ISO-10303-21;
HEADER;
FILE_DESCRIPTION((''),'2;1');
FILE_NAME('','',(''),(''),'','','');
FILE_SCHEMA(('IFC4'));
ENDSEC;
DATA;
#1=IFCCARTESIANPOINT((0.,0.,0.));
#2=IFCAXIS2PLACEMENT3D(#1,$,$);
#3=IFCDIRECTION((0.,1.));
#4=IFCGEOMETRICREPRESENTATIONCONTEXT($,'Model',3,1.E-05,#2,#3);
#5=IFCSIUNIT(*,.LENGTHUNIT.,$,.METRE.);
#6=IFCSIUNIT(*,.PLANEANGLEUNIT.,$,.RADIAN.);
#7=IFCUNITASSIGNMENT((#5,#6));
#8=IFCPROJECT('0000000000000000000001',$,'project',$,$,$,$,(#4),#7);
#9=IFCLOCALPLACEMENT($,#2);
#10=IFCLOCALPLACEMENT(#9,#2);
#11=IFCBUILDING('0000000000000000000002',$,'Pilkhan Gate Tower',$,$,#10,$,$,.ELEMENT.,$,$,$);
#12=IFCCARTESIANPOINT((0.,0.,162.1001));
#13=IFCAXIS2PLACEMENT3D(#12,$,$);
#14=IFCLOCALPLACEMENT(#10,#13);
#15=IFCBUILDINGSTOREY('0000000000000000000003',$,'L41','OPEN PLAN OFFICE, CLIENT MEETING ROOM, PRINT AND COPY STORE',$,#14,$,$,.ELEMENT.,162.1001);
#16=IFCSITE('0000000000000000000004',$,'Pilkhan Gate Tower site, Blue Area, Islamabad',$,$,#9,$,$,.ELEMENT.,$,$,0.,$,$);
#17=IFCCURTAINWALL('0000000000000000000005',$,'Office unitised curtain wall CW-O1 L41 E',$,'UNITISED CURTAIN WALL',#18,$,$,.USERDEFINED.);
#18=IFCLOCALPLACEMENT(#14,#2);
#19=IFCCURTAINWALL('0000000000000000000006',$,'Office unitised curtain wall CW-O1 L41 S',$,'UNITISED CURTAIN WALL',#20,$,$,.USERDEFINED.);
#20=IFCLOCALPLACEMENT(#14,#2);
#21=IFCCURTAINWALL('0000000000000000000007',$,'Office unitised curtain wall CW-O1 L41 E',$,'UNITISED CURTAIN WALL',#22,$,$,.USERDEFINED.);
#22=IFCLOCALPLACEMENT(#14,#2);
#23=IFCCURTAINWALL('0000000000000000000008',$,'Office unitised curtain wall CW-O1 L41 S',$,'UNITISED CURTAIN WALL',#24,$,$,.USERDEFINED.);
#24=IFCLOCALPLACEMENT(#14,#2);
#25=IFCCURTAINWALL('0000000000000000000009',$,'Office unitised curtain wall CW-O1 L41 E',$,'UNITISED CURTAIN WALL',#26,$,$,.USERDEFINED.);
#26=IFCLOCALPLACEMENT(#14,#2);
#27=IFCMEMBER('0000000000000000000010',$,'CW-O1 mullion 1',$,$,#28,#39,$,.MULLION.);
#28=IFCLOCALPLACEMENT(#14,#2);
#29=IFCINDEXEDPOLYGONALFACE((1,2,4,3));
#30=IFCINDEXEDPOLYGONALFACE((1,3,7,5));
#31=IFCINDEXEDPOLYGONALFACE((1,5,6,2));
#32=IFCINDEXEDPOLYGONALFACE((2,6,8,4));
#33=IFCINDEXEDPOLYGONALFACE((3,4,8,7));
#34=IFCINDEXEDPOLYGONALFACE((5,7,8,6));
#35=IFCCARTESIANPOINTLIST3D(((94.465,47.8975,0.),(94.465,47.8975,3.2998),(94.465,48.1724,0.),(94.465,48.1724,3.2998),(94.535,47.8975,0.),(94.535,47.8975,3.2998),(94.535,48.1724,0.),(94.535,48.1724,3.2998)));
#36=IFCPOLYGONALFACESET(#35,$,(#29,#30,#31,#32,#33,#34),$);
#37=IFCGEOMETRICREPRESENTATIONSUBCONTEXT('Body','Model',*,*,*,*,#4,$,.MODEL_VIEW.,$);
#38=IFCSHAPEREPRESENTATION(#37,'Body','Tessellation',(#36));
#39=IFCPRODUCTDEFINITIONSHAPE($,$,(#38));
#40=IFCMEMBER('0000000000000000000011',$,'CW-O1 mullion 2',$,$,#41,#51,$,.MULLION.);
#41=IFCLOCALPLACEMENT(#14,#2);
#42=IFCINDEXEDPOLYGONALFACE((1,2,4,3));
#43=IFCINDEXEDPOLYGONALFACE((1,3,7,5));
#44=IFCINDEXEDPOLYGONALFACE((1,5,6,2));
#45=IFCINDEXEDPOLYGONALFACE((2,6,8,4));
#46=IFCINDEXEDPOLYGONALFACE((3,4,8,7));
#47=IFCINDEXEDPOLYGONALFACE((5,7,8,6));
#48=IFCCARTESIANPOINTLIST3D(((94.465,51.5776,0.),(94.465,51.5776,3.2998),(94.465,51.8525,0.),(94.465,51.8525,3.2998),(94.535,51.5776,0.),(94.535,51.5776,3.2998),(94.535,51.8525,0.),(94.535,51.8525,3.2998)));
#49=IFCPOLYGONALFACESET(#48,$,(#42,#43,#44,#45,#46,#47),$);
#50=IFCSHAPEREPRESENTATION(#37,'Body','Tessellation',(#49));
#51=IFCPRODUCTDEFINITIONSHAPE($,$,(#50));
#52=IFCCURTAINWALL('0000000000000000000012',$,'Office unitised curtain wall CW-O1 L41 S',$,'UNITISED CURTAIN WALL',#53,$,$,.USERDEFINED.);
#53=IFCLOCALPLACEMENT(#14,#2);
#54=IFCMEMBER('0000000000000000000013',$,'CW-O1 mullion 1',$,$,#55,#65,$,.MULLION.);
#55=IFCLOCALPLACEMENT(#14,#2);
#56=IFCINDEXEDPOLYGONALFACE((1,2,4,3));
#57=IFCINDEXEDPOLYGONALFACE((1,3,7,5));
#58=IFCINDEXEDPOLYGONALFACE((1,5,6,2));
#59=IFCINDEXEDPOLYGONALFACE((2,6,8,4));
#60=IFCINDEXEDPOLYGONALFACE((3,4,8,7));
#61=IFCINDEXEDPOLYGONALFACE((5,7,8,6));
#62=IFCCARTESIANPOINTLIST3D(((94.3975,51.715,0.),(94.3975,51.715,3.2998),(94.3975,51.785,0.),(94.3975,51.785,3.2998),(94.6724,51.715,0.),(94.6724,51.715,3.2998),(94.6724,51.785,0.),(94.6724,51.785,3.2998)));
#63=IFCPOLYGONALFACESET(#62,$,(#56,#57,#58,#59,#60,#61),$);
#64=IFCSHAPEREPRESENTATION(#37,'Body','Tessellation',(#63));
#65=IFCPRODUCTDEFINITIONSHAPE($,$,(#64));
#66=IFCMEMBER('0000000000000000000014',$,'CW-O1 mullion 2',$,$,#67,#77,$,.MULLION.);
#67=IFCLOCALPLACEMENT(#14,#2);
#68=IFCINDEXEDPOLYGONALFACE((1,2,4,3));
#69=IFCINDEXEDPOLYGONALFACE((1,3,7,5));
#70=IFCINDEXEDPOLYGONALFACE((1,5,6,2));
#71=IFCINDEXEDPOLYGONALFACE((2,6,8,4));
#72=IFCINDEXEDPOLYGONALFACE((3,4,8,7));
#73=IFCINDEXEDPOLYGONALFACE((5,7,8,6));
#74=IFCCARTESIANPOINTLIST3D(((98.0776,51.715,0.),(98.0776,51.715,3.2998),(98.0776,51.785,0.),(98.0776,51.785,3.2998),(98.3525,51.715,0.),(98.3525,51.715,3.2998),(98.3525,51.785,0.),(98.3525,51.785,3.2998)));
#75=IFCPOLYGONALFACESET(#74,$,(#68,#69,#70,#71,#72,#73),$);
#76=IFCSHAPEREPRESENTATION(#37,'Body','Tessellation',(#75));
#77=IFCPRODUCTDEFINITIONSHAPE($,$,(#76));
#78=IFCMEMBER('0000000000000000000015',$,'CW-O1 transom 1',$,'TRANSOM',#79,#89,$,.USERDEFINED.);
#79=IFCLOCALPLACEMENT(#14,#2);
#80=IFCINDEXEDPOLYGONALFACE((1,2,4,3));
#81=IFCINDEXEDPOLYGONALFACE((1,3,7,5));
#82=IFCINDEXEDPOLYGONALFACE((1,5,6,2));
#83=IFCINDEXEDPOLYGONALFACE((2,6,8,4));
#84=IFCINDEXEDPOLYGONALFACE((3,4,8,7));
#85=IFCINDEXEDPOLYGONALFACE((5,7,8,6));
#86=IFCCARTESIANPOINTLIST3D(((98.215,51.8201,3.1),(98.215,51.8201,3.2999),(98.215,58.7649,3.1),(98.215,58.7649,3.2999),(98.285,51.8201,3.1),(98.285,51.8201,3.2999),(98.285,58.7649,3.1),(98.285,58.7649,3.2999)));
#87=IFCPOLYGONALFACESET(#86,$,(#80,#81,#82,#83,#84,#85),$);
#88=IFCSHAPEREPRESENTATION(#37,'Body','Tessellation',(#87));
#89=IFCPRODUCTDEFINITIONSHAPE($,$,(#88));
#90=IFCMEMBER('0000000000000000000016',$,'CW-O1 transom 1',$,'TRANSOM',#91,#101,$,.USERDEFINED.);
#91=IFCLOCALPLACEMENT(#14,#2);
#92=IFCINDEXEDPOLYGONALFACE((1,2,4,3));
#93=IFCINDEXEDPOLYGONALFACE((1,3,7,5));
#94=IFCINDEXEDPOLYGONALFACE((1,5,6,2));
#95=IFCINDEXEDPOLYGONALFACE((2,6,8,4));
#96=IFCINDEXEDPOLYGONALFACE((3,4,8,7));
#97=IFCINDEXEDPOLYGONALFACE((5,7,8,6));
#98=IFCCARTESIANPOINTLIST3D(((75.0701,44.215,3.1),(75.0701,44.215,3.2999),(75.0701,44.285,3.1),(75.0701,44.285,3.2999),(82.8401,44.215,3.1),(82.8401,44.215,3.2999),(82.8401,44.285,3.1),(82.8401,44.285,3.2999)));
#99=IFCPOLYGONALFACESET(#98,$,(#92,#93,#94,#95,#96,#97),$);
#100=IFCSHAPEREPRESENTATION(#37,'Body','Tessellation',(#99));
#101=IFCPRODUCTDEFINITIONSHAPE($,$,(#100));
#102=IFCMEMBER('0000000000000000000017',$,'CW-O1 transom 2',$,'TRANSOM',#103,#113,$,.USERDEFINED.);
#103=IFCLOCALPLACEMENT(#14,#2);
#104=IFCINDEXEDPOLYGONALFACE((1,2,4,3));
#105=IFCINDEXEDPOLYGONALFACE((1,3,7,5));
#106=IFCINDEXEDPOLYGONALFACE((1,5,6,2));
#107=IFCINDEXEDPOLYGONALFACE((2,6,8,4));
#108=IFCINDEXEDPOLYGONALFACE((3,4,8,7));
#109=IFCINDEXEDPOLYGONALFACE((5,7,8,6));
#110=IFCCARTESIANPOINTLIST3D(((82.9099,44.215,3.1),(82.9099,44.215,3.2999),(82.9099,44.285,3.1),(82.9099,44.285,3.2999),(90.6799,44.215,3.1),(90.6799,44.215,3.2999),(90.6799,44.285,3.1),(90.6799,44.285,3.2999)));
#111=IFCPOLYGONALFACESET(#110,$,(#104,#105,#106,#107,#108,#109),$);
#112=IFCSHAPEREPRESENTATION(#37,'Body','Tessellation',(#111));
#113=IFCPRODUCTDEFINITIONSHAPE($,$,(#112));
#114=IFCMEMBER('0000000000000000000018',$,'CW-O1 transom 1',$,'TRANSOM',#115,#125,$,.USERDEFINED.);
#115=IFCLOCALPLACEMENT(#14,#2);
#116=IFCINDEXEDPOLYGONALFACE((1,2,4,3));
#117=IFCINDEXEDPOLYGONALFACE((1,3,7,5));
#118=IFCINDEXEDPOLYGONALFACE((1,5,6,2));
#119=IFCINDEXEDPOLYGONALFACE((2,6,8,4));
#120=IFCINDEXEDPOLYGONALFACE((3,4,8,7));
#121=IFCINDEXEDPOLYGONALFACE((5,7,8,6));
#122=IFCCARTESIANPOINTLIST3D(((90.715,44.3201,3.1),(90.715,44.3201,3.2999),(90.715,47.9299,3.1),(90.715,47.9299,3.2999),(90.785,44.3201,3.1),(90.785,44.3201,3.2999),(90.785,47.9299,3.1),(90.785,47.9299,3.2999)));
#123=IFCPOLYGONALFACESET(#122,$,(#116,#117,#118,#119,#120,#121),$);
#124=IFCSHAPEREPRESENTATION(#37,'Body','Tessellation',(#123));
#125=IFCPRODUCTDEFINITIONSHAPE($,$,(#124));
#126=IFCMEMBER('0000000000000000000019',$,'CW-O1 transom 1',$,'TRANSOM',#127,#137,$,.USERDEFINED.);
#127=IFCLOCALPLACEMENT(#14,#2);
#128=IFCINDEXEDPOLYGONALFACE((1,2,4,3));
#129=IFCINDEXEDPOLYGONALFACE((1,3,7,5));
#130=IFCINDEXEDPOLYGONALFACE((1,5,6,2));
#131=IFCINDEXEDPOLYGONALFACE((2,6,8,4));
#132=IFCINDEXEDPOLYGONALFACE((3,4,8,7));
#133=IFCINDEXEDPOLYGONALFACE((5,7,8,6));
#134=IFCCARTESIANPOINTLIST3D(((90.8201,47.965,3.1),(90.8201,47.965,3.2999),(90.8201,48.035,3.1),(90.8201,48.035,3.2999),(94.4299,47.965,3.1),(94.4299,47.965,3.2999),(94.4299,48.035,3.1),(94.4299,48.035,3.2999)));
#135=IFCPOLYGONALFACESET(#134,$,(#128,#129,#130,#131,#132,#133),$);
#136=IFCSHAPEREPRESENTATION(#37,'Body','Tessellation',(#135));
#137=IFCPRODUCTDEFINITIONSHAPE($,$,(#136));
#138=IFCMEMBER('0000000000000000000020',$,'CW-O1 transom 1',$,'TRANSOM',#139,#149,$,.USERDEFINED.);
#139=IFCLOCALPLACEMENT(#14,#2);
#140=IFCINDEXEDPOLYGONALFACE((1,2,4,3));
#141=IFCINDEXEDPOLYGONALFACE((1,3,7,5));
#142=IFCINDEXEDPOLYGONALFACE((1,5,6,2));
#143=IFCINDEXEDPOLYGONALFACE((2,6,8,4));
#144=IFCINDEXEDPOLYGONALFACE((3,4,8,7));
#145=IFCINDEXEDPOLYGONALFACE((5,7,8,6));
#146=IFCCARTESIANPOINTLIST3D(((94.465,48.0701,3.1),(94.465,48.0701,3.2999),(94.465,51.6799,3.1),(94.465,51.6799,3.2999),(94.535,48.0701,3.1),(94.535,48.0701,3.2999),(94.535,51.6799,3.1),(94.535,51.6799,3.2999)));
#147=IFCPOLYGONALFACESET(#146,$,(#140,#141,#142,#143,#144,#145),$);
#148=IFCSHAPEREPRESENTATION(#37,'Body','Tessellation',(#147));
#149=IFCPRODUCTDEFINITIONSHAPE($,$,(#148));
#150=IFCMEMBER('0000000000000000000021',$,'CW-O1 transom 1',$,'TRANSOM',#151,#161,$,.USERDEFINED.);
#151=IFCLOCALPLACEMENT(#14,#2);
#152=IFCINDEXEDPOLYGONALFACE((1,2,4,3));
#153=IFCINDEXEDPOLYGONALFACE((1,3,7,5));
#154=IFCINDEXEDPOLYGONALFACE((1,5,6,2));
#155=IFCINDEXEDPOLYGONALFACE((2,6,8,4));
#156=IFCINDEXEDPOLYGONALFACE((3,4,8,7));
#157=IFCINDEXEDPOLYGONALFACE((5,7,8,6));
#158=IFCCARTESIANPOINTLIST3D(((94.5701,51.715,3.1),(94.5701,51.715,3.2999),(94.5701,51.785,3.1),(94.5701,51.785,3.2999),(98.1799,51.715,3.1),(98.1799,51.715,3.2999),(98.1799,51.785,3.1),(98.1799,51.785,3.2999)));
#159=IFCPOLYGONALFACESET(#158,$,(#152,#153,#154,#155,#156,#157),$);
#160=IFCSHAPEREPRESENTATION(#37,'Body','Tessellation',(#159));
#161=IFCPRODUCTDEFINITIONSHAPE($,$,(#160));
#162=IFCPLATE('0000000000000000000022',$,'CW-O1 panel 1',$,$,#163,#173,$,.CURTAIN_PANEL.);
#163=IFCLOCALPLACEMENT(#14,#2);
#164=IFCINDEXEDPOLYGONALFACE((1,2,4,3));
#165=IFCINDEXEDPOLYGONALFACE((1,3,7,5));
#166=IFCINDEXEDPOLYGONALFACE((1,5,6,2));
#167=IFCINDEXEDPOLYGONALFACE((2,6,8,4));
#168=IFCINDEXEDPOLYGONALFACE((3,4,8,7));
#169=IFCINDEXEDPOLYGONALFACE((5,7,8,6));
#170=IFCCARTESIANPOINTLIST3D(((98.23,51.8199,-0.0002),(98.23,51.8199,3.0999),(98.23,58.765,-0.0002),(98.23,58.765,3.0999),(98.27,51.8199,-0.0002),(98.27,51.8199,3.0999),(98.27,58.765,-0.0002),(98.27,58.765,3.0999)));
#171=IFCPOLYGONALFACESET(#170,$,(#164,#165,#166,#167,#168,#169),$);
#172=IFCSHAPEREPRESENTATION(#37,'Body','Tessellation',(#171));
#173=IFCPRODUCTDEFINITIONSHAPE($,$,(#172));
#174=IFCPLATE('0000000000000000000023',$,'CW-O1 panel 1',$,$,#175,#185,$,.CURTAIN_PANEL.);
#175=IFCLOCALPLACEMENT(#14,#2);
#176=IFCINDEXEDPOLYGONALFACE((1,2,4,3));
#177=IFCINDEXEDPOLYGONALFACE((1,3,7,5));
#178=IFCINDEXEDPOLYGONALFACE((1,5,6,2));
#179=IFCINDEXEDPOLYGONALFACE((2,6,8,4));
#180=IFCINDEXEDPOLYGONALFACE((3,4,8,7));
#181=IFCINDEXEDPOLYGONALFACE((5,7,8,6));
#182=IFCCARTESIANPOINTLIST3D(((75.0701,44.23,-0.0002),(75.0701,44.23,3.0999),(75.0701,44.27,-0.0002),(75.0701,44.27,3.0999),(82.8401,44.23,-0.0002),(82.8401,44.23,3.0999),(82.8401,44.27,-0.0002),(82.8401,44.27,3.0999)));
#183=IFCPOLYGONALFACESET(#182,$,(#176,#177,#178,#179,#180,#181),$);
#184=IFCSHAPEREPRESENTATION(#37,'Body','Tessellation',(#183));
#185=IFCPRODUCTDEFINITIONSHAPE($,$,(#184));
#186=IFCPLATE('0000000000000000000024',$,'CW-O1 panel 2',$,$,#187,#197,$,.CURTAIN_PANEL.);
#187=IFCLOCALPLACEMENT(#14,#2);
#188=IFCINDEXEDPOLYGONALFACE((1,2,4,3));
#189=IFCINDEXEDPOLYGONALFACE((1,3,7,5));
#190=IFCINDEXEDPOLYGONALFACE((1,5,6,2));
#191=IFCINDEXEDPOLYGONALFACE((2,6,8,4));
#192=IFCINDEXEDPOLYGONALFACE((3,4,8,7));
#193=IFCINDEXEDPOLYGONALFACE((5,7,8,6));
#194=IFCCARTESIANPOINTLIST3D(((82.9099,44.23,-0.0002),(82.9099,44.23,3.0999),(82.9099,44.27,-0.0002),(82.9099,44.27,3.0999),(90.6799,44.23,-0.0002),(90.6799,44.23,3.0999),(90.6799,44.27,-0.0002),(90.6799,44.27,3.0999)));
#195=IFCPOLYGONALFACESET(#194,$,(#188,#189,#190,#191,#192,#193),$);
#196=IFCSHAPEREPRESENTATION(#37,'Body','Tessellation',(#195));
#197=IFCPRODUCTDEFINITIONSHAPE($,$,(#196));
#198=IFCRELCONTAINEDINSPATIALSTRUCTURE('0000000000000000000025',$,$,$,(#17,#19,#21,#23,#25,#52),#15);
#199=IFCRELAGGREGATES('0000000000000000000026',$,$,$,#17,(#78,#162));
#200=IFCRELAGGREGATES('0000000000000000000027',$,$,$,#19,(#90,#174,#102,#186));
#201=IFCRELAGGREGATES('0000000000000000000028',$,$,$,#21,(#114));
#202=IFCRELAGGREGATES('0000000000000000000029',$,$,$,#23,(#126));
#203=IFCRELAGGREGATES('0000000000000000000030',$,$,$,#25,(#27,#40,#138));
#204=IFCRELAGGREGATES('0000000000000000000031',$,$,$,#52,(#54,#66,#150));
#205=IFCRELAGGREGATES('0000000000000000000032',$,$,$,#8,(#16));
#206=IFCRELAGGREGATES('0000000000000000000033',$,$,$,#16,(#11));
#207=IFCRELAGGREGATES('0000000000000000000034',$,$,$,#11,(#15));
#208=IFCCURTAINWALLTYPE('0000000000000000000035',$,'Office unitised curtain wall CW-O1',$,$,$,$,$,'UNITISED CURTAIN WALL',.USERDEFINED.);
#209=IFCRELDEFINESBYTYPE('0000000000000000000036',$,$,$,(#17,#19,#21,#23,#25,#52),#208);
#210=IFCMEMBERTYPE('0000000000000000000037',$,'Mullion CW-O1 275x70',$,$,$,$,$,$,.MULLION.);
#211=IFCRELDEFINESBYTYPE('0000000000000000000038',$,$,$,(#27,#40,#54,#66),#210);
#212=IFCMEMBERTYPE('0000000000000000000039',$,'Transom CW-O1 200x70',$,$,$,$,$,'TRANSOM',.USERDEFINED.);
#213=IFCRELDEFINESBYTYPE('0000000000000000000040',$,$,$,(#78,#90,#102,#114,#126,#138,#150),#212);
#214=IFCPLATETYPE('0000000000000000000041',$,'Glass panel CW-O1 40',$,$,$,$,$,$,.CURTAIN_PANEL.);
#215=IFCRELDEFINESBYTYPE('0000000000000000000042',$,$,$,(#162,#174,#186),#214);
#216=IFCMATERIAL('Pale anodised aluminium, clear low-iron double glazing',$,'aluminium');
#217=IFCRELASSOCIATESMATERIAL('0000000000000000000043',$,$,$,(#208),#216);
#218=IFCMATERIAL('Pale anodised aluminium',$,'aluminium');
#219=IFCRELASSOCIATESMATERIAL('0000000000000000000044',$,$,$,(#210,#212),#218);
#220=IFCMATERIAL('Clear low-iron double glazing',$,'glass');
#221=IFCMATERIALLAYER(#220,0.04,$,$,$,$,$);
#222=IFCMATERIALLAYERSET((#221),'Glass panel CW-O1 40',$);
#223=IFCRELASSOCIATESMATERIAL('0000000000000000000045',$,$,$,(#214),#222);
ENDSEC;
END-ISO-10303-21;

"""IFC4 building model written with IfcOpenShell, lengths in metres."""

from ifc_helpers import new_model, si_unit, direction, frame, origin, origin_2d, place, context, subcontext, project, spatial, rectangle, extrude, material, layer, layer_set, material_profile, profile_set, type_object, element, aggregate, save


model = new_model("IFC4")

# Units and contexts
model_context = context("Model", 3, precision=1e-05, world=origin(), true_north=direction((0.0, 1.0)))
body_context = subcontext(model_context, "Body", "Model", "MODEL_VIEW")
ifc_project = project(units=[si_unit("LENGTHUNIT", "METRE"), si_unit("PLANEANGLEUNIT", "RADIAN")], contexts=[model_context])

# Site, building, storey
site_placement = place(None, origin())
site = spatial("IfcSite", under=ifc_project, at=site_placement, Name="Pilkhan Gate Tower site, Blue Area, Islamabad", CompositionType="ELEMENT", RefElevation=0.0)
building_placement = place(site_placement, origin())
building = spatial("IfcBuilding", under=site, at=building_placement, Name="Pilkhan Gate Tower", CompositionType="ELEMENT")
storey_placement = place(building_placement, frame((0.0, 0.0, 162.1001)))
storey = spatial("IfcBuildingStorey", under=building, at=storey_placement, Name="L41", Description="OPEN PLAN OFFICE, CLIENT MEETING ROOM, PRINT AND COPY STORE", CompositionType="ELEMENT", Elevation=162.1001)

# Curtain wall
ifc_material_1 = material(Name="Pale anodised aluminium, clear low-iron double glazing", Category="aluminium")
curtain_wall_type = type_object("IfcCurtainWallType", Name="Office unitised curtain wall CW-O1", ElementType="UNITISED CURTAIN WALL", PredefinedType="USERDEFINED", material=ifc_material_1)
curtain_wall_1_placement = place(storey_placement, origin())
curtain_wall_1 = element("IfcCurtainWall", 1, at=curtain_wall_1_placement, inside=storey, type_object=curtain_wall_type, Name="Office unitised curtain wall CW-O1 L41 E", ObjectType="UNITISED CURTAIN WALL", PredefinedType="USERDEFINED")
ifc_material_2 = material(Name="Pale anodised aluminium", Category="aluminium")
ifc_material_profile_1 = material_profile(ifc_material_2, rectangle(XDim=0.0701, YDim=0.2749, at=origin_2d()), Name="Mullion 275x70")
ifc_profile_set_1 = profile_set([ifc_material_profile_1], Name="Pale anodised aluminium")
member_type_1 = type_object("IfcMemberType", Name="Mullion CW-O1 275x70", PredefinedType="MULLION", material=ifc_profile_set_1)

# Curtain walls, members
curtain_wall_2_placement = place(storey_placement, origin())
curtain_wall_2 = element("IfcCurtainWall", 2, at=curtain_wall_2_placement, inside=storey, type_object=curtain_wall_type, Name="Office unitised curtain wall CW-O1 L41 S", ObjectType="UNITISED CURTAIN WALL", PredefinedType="USERDEFINED")
curtain_wall_3_placement = place(storey_placement, origin())
curtain_wall_3 = element("IfcCurtainWall", 3, at=curtain_wall_3_placement, inside=storey, type_object=curtain_wall_type, Name="Office unitised curtain wall CW-O1 L41 E", ObjectType="UNITISED CURTAIN WALL", PredefinedType="USERDEFINED")
curtain_wall_4_placement = place(storey_placement, origin())
curtain_wall_4 = element("IfcCurtainWall", 4, at=curtain_wall_4_placement, inside=storey, type_object=curtain_wall_type, Name="Office unitised curtain wall CW-O1 L41 S", ObjectType="UNITISED CURTAIN WALL", PredefinedType="USERDEFINED")
curtain_wall_5_placement = place(storey_placement, origin())
curtain_wall_5 = element("IfcCurtainWall", 5, at=curtain_wall_5_placement, inside=storey, type_object=curtain_wall_type, Name="Office unitised curtain wall CW-O1 L41 E", ObjectType="UNITISED CURTAIN WALL", PredefinedType="USERDEFINED")
member_1_placement = place(storey_placement, frame((94.5, 48.0349, 0.0), z_axis=(0.0, 0.0, 1.0), x_axis=(-1.0, 0.0, 0.0)))
member_1 = element("IfcMember", 6, at=member_1_placement, type_object=member_type_1, Name="CW-O1 mullion 1", PredefinedType="MULLION", context=body_context, shape_type="SweptSolid", body=[
    extrude(rectangle(XDim=0.0701, YDim=0.2749, at=origin_2d()), origin(), (0.0, 0.0, 1.0), 3.2998),
])
member_2_placement = place(storey_placement, frame((94.5, 51.7151, 0.0), z_axis=(0.0, 0.0, 1.0), x_axis=(-1.0, 0.0, 0.0)))
member_2 = element("IfcMember", 7, at=member_2_placement, type_object=member_type_1, Name="CW-O1 mullion 2", PredefinedType="MULLION", context=body_context, shape_type="SweptSolid", body=[
    extrude(rectangle(XDim=0.0701, YDim=0.2749, at=origin_2d()), origin(), (0.0, 0.0, 1.0), 3.2998),
])
curtain_wall_6_placement = place(storey_placement, origin())
curtain_wall_6 = element("IfcCurtainWall", 8, at=curtain_wall_6_placement, inside=storey, type_object=curtain_wall_type, Name="Office unitised curtain wall CW-O1 L41 S", ObjectType="UNITISED CURTAIN WALL", PredefinedType="USERDEFINED")
member_3_placement = place(storey_placement, frame((94.5349, 51.75, 0.0), z_axis=(0.0, 0.0, 1.0), x_axis=(0.0, 1.0, 0.0)))
member_3 = element("IfcMember", 9, at=member_3_placement, type_object=member_type_1, Name="CW-O1 mullion 1", PredefinedType="MULLION", context=body_context, shape_type="SweptSolid", body=[
    extrude(rectangle(XDim=0.0701, YDim=0.2749, at=origin_2d()), origin(), (0.0, 0.0, 1.0), 3.2998),
])
member_4_placement = place(storey_placement, frame((98.2151, 51.75, 0.0), z_axis=(0.0, 0.0, 1.0), x_axis=(0.0, 1.0, 0.0)))
member_4 = element("IfcMember", 10, at=member_4_placement, type_object=member_type_1, Name="CW-O1 mullion 2", PredefinedType="MULLION", context=body_context, shape_type="SweptSolid", body=[
    extrude(rectangle(XDim=0.0701, YDim=0.2749, at=origin_2d()), origin(), (0.0, 0.0, 1.0), 3.2998),
])

# Members
ifc_material_profile_2 = material_profile(ifc_material_2, rectangle(XDim=0.0701, YDim=0.2, at=origin_2d()), Name="Transom 200x70")
ifc_profile_set_2 = profile_set([ifc_material_profile_2], Name="Pale anodised aluminium")
member_type_2 = type_object("IfcMemberType", Name="Transom CW-O1 200x70", ElementType="TRANSOM", PredefinedType="USERDEFINED", material=ifc_profile_set_2)
member_5_placement = place(storey_placement, frame((98.25, 51.8201, 3.2), z_axis=(0.0, 1.0, 0.0), x_axis=(-1.0, 0.0, 0.0)))
member_5 = element("IfcMember", 11, at=member_5_placement, type_object=member_type_2, Name="CW-O1 transom 1", ObjectType="TRANSOM", PredefinedType="USERDEFINED", context=body_context, shape_type="SweptSolid", body=[
    extrude(rectangle(XDim=0.0701, YDim=0.2, at=origin_2d()), origin(), (0.0, 0.0, 1.0), 6.9448),
])
member_6_placement = place(storey_placement, frame((75.0701, 44.25, 3.2), z_axis=(1.0, 0.0, 0.0), x_axis=(0.0, 1.0, 0.0)))
member_6 = element("IfcMember", 12, at=member_6_placement, type_object=member_type_2, Name="CW-O1 transom 1", ObjectType="TRANSOM", PredefinedType="USERDEFINED", context=body_context, shape_type="SweptSolid", body=[
    extrude(rectangle(XDim=0.0701, YDim=0.2, at=origin_2d()), origin(), (0.0, 0.0, 1.0), 7.77),
])
member_7_placement = place(storey_placement, frame((82.9099, 44.25, 3.2), z_axis=(1.0, 0.0, 0.0), x_axis=(0.0, 1.0, 0.0)))
member_7 = element("IfcMember", 13, at=member_7_placement, type_object=member_type_2, Name="CW-O1 transom 2", ObjectType="TRANSOM", PredefinedType="USERDEFINED", context=body_context, shape_type="SweptSolid", body=[
    extrude(rectangle(XDim=0.0701, YDim=0.2, at=origin_2d()), origin(), (0.0, 0.0, 1.0), 7.77),
])
member_8_placement = place(storey_placement, frame((90.75, 44.3201, 3.2), z_axis=(0.0, 1.0, 0.0), x_axis=(-1.0, 0.0, 0.0)))
member_8 = element("IfcMember", 14, at=member_8_placement, type_object=member_type_2, Name="CW-O1 transom 1", ObjectType="TRANSOM", PredefinedType="USERDEFINED", context=body_context, shape_type="SweptSolid", body=[
    extrude(rectangle(XDim=0.0701, YDim=0.2, at=origin_2d()), origin(), (0.0, 0.0, 1.0), 3.6099),
])
member_9_placement = place(storey_placement, frame((90.8201, 48.0, 3.2), z_axis=(1.0, 0.0, 0.0), x_axis=(0.0, 1.0, 0.0)))
member_9 = element("IfcMember", 15, at=member_9_placement, type_object=member_type_2, Name="CW-O1 transom 1", ObjectType="TRANSOM", PredefinedType="USERDEFINED", context=body_context, shape_type="SweptSolid", body=[
    extrude(rectangle(XDim=0.0701, YDim=0.2, at=origin_2d()), origin(), (0.0, 0.0, 1.0), 3.6099),
])
member_10_placement = place(storey_placement, frame((94.5, 48.0701, 3.2), z_axis=(0.0, 1.0, 0.0), x_axis=(-1.0, 0.0, 0.0)))
member_10 = element("IfcMember", 16, at=member_10_placement, type_object=member_type_2, Name="CW-O1 transom 1", ObjectType="TRANSOM", PredefinedType="USERDEFINED", context=body_context, shape_type="SweptSolid", body=[
    extrude(rectangle(XDim=0.0701, YDim=0.2, at=origin_2d()), origin(), (0.0, 0.0, 1.0), 3.6099),
])
member_11_placement = place(storey_placement, frame((94.5701, 51.75, 3.2), z_axis=(1.0, 0.0, 0.0), x_axis=(0.0, 1.0, 0.0)))
member_11 = element("IfcMember", 17, at=member_11_placement, type_object=member_type_2, Name="CW-O1 transom 1", ObjectType="TRANSOM", PredefinedType="USERDEFINED", context=body_context, shape_type="SweptSolid", body=[
    extrude(rectangle(XDim=0.0701, YDim=0.2, at=origin_2d()), origin(), (0.0, 0.0, 1.0), 3.6099),
])

# Plates
ifc_material_3 = material(Name="Clear low-iron double glazing", Category="glass")
ifc_layer_1 = layer(ifc_material_3, 0.04)
ifc_layer_set_1 = layer_set([ifc_layer_1], Name="Glass panel CW-O1 40")
plate_type = type_object("IfcPlateType", Name="Glass panel CW-O1 40", PredefinedType="CURTAIN_PANEL", material=ifc_layer_set_1)
plate_1_placement = place(storey_placement, frame((98.25, 55.2925, -0.0002), z_axis=(0.0, 0.0, 1.0), x_axis=(0.0, 1.0, 0.0)))
plate_1 = element("IfcPlate", 18, at=plate_1_placement, type_object=plate_type, Name="CW-O1 panel 1", PredefinedType="CURTAIN_PANEL", context=body_context, shape_type="SweptSolid", body=[
    extrude(rectangle(XDim=6.9451, YDim=0.04, at=origin_2d()), origin(), (0.0, 0.0, 1.0), 3.1001),
])
aggregate(curtain_wall_1, [member_5, plate_1])
plate_2_placement = place(storey_placement, frame((78.9551, 44.25, -0.0002), z_axis=(0.0, 0.0, 1.0), x_axis=(1.0, 0.0, 0.0)))
plate_2 = element("IfcPlate", 19, at=plate_2_placement, type_object=plate_type, Name="CW-O1 panel 1", PredefinedType="CURTAIN_PANEL", context=body_context, shape_type="SweptSolid", body=[
    extrude(rectangle(XDim=7.77, YDim=0.04, at=origin_2d()), origin(), (0.0, 0.0, 1.0), 3.1001),
])
plate_3_placement = place(storey_placement, frame((86.7949, 44.25, -0.0002), z_axis=(0.0, 0.0, 1.0), x_axis=(1.0, 0.0, 0.0)))
plate_3 = element("IfcPlate", 20, at=plate_3_placement, type_object=plate_type, Name="CW-O1 panel 2", PredefinedType="CURTAIN_PANEL", context=body_context, shape_type="SweptSolid", body=[
    extrude(rectangle(XDim=7.77, YDim=0.04, at=origin_2d()), origin(), (0.0, 0.0, 1.0), 3.1001),
])
aggregate(curtain_wall_2, [member_6, plate_2, member_7, plate_3])
aggregate(curtain_wall_3, [member_8])
aggregate(curtain_wall_4, [member_9])
aggregate(curtain_wall_5, [member_1, member_2, member_10])
aggregate(curtain_wall_6, [member_3, member_4, member_11])

save(model, "model.ifc")
